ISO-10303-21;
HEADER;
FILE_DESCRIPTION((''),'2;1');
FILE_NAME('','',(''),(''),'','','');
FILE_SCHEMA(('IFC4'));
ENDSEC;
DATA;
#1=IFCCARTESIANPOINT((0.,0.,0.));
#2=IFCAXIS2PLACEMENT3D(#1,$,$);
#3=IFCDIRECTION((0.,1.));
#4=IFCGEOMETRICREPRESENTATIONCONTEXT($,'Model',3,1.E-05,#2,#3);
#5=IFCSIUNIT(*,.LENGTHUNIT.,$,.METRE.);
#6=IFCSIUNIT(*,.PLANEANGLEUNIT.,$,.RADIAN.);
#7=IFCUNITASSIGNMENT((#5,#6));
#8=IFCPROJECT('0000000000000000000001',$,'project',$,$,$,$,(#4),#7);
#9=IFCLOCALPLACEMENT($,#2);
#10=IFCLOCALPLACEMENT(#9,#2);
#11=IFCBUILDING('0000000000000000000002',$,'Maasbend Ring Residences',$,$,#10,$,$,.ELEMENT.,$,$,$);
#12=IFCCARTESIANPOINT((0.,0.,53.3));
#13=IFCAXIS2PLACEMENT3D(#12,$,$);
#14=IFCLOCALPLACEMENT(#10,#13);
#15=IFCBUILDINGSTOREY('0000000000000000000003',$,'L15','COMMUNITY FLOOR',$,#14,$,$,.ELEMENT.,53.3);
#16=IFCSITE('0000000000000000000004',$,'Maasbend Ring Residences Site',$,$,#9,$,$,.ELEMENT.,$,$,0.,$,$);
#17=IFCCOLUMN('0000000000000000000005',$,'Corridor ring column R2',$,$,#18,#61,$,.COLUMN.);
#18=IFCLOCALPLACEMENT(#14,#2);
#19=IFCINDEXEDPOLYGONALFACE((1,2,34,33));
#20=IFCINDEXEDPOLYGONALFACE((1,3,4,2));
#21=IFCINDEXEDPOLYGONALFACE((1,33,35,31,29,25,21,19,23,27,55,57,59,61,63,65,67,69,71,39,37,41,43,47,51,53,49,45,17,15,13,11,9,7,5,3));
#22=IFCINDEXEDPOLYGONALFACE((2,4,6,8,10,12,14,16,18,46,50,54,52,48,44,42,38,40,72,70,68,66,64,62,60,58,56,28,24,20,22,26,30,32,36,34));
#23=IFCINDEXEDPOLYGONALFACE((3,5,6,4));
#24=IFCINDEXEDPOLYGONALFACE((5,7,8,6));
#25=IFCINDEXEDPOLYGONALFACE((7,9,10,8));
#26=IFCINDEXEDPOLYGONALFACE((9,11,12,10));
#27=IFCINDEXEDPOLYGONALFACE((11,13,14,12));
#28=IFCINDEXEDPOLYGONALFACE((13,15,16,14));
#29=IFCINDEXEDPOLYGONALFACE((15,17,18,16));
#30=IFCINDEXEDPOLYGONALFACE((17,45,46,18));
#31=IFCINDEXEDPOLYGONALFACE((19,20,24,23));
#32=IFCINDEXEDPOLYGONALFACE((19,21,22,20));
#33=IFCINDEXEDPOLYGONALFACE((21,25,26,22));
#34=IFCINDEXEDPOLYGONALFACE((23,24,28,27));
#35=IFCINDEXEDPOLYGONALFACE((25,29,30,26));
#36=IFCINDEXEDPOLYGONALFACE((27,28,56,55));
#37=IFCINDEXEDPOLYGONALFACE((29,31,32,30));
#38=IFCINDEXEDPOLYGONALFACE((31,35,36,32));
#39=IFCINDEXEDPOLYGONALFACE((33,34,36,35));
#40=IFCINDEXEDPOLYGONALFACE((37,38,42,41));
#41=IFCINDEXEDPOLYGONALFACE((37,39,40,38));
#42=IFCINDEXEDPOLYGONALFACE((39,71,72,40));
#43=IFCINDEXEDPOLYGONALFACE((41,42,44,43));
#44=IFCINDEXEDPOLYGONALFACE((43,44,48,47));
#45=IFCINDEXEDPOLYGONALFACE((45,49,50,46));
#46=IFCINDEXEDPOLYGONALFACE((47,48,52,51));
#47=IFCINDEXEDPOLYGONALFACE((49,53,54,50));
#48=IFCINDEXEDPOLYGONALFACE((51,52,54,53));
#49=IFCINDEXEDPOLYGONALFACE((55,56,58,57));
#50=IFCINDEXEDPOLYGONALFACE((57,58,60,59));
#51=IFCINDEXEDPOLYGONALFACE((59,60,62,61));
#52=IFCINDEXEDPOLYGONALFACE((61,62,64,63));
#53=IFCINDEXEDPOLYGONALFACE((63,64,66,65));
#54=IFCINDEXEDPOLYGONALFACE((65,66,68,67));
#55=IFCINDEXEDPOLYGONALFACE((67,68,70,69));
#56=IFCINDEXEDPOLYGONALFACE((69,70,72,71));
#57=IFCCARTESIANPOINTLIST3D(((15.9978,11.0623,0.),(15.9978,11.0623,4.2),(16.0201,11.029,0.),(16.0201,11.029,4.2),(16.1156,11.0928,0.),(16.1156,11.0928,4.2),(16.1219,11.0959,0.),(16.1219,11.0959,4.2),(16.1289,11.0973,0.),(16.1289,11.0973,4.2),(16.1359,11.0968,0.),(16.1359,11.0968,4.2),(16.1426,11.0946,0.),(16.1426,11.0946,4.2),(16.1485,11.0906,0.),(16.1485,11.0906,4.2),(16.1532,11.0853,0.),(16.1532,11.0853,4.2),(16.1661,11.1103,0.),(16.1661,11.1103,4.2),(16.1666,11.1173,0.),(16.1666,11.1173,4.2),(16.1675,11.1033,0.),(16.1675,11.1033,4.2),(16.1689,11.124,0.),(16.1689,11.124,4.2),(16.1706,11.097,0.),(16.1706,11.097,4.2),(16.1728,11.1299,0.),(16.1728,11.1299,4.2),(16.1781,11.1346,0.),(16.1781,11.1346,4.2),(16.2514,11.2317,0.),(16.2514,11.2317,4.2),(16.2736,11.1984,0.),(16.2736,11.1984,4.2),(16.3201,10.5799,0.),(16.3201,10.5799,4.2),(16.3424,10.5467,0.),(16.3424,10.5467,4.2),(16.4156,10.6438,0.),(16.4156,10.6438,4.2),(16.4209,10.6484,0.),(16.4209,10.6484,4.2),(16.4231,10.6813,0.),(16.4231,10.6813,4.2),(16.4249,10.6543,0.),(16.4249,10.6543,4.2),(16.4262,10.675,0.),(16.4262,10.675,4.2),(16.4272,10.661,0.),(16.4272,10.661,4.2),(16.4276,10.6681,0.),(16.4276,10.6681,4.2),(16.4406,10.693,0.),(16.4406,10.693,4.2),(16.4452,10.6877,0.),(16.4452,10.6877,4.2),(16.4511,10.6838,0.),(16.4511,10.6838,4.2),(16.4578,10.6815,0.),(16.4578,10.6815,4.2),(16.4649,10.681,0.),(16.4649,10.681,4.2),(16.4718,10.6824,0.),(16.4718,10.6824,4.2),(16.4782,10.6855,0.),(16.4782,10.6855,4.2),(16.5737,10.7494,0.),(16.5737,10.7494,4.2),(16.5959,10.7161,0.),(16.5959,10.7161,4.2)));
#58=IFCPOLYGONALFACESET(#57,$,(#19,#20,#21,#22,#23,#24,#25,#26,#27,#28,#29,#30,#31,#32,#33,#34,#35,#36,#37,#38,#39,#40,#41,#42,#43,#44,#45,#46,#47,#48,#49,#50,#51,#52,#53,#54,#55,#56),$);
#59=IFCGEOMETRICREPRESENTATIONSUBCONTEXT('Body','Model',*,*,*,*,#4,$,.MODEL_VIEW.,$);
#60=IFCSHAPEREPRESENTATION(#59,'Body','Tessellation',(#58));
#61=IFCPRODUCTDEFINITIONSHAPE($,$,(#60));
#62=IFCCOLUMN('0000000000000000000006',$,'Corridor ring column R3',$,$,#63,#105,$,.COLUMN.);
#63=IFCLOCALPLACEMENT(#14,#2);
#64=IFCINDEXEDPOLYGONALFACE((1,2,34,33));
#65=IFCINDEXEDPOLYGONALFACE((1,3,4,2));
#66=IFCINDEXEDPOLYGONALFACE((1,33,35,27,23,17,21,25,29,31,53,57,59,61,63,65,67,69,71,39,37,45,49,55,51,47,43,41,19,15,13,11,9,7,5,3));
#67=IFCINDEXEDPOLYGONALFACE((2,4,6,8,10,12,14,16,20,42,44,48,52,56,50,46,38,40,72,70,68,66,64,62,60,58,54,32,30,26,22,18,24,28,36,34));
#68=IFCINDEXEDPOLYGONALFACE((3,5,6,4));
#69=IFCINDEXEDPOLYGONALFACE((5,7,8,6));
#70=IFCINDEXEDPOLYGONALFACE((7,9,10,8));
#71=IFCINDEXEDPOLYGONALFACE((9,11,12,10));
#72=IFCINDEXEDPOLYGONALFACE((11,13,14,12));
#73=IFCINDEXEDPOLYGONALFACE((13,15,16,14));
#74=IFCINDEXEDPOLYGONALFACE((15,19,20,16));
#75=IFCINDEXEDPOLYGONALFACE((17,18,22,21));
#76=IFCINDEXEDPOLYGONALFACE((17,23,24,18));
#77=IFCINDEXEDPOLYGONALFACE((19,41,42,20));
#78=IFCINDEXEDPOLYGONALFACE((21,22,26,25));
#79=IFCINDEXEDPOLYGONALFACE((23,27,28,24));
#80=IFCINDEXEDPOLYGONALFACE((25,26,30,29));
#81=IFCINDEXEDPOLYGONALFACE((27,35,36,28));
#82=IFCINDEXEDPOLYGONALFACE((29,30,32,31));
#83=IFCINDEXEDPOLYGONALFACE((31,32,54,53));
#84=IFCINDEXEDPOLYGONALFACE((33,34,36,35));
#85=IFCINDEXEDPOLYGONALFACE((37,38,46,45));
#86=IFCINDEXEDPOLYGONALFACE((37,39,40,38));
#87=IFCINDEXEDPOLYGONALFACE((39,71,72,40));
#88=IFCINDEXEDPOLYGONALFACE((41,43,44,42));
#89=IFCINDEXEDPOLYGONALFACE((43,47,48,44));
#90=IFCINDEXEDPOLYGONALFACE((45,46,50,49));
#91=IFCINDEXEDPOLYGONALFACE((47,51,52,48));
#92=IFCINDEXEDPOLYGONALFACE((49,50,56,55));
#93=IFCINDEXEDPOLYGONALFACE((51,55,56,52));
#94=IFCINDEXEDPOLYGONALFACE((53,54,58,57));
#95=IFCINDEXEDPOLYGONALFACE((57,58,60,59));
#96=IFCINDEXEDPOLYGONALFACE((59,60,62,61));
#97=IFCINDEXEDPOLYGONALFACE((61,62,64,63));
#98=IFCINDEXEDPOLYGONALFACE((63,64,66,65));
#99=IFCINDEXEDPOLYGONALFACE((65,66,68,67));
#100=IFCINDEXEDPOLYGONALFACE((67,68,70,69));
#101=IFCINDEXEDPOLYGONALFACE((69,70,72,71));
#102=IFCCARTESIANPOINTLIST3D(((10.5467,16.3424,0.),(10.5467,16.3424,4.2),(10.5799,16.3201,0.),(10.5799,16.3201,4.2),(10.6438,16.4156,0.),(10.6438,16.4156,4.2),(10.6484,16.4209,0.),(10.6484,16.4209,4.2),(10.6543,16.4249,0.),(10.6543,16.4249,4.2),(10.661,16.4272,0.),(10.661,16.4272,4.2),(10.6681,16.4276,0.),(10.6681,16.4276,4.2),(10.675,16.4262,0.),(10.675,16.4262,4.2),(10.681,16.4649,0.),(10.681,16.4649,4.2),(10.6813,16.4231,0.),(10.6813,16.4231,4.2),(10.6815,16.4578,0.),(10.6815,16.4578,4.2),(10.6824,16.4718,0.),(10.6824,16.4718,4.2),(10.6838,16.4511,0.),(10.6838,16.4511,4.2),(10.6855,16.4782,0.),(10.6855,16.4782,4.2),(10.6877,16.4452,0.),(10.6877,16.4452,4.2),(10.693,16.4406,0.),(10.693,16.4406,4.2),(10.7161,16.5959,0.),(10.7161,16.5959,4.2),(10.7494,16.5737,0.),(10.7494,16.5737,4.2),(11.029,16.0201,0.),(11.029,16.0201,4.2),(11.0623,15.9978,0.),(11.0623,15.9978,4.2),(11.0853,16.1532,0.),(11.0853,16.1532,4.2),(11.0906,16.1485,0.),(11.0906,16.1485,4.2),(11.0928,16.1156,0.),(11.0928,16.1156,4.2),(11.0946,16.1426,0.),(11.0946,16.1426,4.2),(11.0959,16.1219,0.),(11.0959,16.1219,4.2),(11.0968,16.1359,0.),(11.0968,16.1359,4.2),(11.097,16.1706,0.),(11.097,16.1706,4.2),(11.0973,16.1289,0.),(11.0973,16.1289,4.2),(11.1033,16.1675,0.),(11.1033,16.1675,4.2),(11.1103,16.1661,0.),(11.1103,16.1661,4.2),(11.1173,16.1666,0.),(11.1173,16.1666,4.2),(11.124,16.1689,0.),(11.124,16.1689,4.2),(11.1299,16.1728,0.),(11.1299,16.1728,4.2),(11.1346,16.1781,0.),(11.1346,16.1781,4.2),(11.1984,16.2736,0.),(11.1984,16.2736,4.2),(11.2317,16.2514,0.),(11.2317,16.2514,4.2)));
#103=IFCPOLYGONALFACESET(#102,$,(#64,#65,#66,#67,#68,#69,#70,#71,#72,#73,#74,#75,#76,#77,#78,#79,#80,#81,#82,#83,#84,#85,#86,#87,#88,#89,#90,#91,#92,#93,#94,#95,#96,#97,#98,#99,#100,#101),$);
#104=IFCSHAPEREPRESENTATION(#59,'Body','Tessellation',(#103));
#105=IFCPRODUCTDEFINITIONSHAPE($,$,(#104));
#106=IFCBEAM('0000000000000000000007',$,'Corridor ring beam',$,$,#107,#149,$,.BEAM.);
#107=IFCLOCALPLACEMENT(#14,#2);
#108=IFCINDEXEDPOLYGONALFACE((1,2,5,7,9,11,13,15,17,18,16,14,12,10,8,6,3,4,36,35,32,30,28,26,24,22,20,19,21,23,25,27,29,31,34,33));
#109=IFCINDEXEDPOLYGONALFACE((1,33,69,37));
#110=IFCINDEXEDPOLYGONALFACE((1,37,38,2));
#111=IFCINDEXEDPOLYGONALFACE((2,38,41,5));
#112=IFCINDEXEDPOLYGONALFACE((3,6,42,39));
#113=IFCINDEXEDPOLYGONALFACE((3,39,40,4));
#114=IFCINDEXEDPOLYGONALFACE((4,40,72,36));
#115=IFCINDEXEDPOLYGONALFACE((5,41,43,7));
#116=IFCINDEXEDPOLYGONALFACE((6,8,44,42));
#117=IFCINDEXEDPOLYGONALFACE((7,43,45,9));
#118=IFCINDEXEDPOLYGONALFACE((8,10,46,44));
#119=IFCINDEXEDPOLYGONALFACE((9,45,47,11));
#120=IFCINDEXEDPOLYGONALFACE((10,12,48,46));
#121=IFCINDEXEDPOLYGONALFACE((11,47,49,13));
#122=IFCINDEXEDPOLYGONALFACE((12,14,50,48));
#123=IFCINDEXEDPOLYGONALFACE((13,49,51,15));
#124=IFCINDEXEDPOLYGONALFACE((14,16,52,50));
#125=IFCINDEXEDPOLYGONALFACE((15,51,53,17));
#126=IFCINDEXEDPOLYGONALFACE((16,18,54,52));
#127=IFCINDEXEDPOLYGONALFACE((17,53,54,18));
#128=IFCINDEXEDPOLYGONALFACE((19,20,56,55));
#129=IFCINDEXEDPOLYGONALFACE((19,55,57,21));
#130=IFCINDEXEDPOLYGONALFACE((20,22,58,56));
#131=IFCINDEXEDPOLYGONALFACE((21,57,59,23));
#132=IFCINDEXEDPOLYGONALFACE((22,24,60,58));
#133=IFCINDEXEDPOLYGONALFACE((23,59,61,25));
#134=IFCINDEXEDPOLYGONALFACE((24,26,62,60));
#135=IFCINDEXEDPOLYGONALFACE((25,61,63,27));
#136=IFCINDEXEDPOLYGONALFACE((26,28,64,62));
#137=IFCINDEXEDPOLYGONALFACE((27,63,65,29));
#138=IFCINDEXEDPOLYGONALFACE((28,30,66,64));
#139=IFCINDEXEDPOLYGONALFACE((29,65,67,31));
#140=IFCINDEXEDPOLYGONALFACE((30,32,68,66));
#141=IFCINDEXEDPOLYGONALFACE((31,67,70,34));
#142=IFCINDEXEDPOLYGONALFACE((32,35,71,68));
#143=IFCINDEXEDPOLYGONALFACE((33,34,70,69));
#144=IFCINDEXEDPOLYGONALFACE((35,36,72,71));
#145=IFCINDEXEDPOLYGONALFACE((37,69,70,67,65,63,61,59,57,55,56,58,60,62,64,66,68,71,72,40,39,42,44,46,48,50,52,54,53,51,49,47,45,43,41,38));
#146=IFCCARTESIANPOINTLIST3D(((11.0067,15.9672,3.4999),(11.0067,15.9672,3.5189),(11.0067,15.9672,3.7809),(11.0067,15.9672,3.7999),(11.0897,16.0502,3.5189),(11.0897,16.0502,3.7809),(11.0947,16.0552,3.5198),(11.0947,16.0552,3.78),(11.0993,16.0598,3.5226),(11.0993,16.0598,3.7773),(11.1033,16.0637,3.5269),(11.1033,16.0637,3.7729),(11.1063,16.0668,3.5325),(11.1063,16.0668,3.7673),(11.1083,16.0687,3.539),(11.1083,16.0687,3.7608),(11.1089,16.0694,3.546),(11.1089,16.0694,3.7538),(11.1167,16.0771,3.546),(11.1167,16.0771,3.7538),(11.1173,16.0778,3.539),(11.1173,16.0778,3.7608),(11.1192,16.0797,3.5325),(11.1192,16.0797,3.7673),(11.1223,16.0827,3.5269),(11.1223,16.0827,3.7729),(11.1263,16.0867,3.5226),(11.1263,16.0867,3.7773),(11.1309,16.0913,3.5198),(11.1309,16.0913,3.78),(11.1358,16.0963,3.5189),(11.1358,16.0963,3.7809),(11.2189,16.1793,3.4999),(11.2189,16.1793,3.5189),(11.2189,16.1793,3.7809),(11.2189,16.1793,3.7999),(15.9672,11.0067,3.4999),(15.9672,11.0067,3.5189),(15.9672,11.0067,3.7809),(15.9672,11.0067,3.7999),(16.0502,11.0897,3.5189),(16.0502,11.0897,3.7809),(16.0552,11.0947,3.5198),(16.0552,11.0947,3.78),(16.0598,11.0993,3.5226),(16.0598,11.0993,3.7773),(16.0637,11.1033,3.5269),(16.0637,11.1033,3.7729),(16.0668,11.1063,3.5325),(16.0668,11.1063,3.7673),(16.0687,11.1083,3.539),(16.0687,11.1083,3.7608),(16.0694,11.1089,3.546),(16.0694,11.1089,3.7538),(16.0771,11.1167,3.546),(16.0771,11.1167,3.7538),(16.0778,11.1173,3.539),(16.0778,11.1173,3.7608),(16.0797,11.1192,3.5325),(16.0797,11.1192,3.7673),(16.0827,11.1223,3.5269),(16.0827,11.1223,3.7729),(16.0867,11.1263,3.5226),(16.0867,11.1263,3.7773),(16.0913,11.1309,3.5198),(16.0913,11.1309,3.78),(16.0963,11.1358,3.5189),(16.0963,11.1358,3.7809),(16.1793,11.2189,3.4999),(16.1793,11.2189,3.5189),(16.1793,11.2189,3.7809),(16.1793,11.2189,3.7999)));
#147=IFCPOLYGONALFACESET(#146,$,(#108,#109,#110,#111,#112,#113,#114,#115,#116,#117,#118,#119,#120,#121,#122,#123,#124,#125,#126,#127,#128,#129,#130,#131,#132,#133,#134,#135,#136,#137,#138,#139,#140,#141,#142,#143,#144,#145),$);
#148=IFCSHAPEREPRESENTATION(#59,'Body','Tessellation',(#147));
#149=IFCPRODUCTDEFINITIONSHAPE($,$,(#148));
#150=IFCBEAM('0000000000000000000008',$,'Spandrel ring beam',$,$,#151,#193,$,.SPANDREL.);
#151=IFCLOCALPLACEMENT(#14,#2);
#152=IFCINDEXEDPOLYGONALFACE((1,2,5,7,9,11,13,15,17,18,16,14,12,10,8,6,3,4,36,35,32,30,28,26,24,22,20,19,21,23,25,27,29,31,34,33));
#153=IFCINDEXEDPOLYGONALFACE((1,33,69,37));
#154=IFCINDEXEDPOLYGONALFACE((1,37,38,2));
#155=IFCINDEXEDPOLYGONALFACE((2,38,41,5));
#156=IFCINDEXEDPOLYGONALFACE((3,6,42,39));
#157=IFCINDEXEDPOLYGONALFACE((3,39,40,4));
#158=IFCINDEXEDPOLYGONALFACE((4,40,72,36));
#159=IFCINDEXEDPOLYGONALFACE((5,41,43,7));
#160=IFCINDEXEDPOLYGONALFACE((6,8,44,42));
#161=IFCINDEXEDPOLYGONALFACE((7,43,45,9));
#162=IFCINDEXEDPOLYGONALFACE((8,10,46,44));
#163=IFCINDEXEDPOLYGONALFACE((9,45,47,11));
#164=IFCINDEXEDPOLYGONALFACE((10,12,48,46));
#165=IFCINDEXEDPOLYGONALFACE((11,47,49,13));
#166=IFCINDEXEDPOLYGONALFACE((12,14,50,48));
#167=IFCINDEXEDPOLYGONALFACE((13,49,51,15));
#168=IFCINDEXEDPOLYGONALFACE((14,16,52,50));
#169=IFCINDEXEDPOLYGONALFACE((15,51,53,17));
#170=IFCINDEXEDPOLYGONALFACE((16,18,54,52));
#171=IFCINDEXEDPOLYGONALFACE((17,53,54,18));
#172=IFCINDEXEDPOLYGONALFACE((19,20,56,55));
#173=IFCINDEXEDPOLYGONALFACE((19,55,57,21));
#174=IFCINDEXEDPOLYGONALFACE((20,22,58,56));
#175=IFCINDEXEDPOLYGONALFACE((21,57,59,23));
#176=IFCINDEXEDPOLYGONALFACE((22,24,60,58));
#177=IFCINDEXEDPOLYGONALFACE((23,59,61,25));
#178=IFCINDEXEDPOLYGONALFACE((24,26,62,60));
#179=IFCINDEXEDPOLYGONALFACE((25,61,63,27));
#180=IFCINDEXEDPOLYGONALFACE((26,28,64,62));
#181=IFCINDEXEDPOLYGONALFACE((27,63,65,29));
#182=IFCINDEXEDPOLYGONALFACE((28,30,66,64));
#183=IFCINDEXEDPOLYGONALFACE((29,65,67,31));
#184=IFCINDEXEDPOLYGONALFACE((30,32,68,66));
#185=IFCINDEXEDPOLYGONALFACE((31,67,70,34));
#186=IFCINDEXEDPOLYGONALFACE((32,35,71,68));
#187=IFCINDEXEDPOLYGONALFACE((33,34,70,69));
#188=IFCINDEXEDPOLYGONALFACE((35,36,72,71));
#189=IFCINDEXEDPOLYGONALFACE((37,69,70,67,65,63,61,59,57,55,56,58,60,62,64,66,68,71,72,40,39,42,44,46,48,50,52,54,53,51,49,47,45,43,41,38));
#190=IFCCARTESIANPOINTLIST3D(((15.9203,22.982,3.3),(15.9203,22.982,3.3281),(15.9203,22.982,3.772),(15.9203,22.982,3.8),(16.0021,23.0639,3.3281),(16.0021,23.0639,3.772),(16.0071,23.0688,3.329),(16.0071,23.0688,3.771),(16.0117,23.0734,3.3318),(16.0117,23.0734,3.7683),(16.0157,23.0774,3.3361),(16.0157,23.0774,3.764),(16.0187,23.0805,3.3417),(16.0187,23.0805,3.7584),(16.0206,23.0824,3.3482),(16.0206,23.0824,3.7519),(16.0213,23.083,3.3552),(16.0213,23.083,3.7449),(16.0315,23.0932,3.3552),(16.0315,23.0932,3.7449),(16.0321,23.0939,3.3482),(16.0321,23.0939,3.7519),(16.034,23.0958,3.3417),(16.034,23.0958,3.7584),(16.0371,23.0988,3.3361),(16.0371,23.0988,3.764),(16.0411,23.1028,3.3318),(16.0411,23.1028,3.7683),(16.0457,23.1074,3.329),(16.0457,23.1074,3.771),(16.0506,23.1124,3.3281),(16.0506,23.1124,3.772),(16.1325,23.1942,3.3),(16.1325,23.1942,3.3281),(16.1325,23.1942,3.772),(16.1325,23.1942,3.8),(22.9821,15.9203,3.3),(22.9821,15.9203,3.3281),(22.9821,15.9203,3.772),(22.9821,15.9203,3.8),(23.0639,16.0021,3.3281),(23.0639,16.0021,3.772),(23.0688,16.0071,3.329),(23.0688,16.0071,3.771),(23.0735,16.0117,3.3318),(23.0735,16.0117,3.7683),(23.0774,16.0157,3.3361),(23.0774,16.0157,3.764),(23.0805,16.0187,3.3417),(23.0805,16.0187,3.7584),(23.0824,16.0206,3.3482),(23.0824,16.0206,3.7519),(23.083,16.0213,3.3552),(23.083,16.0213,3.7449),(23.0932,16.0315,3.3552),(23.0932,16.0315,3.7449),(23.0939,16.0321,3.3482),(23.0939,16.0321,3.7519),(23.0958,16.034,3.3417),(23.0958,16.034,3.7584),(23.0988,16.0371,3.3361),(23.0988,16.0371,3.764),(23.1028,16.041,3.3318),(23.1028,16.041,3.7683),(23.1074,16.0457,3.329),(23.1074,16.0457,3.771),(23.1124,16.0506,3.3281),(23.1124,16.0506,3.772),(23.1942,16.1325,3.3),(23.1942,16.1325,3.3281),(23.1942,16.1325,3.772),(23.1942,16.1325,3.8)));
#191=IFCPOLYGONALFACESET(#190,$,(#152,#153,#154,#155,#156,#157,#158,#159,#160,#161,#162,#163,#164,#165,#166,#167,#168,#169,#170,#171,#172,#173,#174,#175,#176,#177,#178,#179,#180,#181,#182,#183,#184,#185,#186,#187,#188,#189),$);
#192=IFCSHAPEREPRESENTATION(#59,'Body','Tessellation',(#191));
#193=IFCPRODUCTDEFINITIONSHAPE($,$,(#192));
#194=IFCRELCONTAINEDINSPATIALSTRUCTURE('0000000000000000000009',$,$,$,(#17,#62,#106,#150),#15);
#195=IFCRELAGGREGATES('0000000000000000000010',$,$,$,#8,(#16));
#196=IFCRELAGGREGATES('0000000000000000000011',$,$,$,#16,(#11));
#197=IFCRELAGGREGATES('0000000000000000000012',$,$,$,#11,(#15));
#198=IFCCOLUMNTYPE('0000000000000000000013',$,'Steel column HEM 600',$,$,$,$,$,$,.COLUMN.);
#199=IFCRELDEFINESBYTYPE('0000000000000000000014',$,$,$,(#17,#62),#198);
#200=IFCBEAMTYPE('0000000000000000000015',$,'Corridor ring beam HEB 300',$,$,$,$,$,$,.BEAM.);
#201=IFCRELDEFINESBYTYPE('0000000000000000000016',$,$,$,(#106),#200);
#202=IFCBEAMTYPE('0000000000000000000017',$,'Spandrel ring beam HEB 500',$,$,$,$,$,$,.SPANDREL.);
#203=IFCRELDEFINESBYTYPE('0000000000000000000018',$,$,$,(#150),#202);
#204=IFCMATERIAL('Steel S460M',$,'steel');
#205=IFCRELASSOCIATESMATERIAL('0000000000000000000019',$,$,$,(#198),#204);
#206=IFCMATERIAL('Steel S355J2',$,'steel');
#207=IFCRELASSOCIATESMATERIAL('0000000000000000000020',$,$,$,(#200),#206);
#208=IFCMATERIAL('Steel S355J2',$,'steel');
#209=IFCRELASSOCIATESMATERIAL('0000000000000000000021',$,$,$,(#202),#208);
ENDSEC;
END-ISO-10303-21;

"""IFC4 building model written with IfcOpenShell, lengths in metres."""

from ifc_helpers import new_model, si_unit, direction, frame, origin, origin_2d, place, context, subcontext, project, spatial, i_section, extrude, material, material_profile, profile_set, type_object, element, save


model = new_model("IFC4")

# Units and contexts
model_context = context("Model", 3, precision=1e-05, world=origin(), true_north=direction((0.0, 1.0)))
body_context = subcontext(model_context, "Body", "Model", "MODEL_VIEW")
ifc_project = project(units=[si_unit("LENGTHUNIT", "METRE"), si_unit("PLANEANGLEUNIT", "RADIAN")], contexts=[model_context])

# Site, building, storey
site_placement = place(None, origin())
site = spatial("IfcSite", under=ifc_project, at=site_placement, Name="Maasbend Ring Residences Site", CompositionType="ELEMENT", RefElevation=0.0)
building_placement = place(site_placement, origin())
building = spatial("IfcBuilding", under=site, at=building_placement, Name="Maasbend Ring Residences", CompositionType="ELEMENT")
storey_placement = place(building_placement, frame((0.0, 0.0, 53.3)))
storey = spatial("IfcBuildingStorey", under=building, at=storey_placement, Name="L15", Description="COMMUNITY FLOOR", CompositionType="ELEMENT", Elevation=53.3)

# Columns
ifc_material_1 = material(Name="Steel S460M", Category="steel")
ifc_material_profile_1 = material_profile(ifc_material_1, i_section(OverallWidth=0.3049, OverallDepth=0.6201, WebThickness=0.021, FlangeThickness=0.04, FilletRadius=0.0271, at=origin_2d()), Name="HEM 600")
ifc_profile_set_1 = profile_set([ifc_material_profile_1], Name="Steel S460M")
column_type_1 = type_object("IfcColumnType", Name="Steel column HEM 600", PredefinedType="COLUMN", material=ifc_profile_set_1)
for number, where, z_axis, x_axis, name in (
    (1, (16.2969, 10.8892, 0.0), (0.0, 0.0, 1.0), (0.83147, 0.55557, 0.0), "Corridor ring column R2"),
    (2, (10.8892, 16.2969, 0.0), (0.0, 0.0, 1.0), (0.55557, 0.83147, 0.0), "Corridor ring column R3"),
):
    element("IfcColumn", number, at=place(storey_placement, frame(where, z_axis=z_axis, x_axis=x_axis)), inside=storey, type_object=column_type_1, Name=name, PredefinedType="COLUMN", context=body_context, shape_type="SweptSolid", body=[
        extrude(i_section(OverallWidth=0.3049, OverallDepth=0.6201, WebThickness=0.021, FlangeThickness=0.04, FilletRadius=0.0271, at=origin_2d()), origin(), (0.0, 0.0, 1.0), 4.2),
    ])

# Beams
ifc_material_2 = material(Name="Steel S355J2", Category="steel")
ifc_material_profile_2 = material_profile(ifc_material_2, i_section(OverallWidth=0.3, OverallDepth=0.3, WebThickness=0.011, FlangeThickness=0.019, FilletRadius=0.0271, at=origin_2d()), Name="HEB 300")
ifc_profile_set_2 = profile_set([ifc_material_profile_2], Name="Steel S355J2")
beam_type_1 = type_object("IfcBeamType", Name="Corridor ring beam HEB 300", PredefinedType="BEAM", material=ifc_profile_set_2)
beam_1_placement = place(storey_placement, frame((16.0732, 11.1128, 3.6499), z_axis=(-0.707107, 0.707107, 0.0), x_axis=(-0.707107, -0.707107, 0.0)))
element("IfcBeam", 3, at=beam_1_placement, inside=storey, type_object=beam_type_1, Name="Corridor ring beam", PredefinedType="BEAM", context=body_context, shape_type="SweptSolid", body=[
    extrude(i_section(OverallWidth=0.3, OverallDepth=0.3, WebThickness=0.011, FlangeThickness=0.019, FilletRadius=0.0271, at=origin_2d()), origin(), (0.0, 0.0, 1.0), 7.0151),
])
ifc_material_3 = material(Name="Steel S355J2", Category="steel")
ifc_material_profile_3 = material_profile(ifc_material_3, i_section(OverallWidth=0.3, OverallDepth=0.5, WebThickness=0.0144, FlangeThickness=0.0281, FilletRadius=0.0271, at=origin_2d()), Name="HEB 500")
ifc_profile_set_3 = profile_set([ifc_material_profile_3], Name="Steel S355J2")
beam_type_2 = type_object("IfcBeamType", Name="Spandrel ring beam HEB 500", PredefinedType="SPANDREL", material=ifc_profile_set_3)
beam_2_placement = place(storey_placement, frame((23.0881, 16.0264, 3.55), z_axis=(-0.707107, 0.707107, 0.0), x_axis=(-0.707107, -0.707107, 0.0)))
element("IfcBeam", 4, at=beam_2_placement, inside=storey, type_object=beam_type_2, Name="Spandrel ring beam", PredefinedType="SPANDREL", context=body_context, shape_type="SweptSolid", body=[
    extrude(i_section(OverallWidth=0.3, OverallDepth=0.5, WebThickness=0.0144, FlangeThickness=0.0281, FilletRadius=0.0271, at=origin_2d()), origin(), (0.0, 0.0, 1.0), 9.9868),
])

save(model, "model.ifc")
